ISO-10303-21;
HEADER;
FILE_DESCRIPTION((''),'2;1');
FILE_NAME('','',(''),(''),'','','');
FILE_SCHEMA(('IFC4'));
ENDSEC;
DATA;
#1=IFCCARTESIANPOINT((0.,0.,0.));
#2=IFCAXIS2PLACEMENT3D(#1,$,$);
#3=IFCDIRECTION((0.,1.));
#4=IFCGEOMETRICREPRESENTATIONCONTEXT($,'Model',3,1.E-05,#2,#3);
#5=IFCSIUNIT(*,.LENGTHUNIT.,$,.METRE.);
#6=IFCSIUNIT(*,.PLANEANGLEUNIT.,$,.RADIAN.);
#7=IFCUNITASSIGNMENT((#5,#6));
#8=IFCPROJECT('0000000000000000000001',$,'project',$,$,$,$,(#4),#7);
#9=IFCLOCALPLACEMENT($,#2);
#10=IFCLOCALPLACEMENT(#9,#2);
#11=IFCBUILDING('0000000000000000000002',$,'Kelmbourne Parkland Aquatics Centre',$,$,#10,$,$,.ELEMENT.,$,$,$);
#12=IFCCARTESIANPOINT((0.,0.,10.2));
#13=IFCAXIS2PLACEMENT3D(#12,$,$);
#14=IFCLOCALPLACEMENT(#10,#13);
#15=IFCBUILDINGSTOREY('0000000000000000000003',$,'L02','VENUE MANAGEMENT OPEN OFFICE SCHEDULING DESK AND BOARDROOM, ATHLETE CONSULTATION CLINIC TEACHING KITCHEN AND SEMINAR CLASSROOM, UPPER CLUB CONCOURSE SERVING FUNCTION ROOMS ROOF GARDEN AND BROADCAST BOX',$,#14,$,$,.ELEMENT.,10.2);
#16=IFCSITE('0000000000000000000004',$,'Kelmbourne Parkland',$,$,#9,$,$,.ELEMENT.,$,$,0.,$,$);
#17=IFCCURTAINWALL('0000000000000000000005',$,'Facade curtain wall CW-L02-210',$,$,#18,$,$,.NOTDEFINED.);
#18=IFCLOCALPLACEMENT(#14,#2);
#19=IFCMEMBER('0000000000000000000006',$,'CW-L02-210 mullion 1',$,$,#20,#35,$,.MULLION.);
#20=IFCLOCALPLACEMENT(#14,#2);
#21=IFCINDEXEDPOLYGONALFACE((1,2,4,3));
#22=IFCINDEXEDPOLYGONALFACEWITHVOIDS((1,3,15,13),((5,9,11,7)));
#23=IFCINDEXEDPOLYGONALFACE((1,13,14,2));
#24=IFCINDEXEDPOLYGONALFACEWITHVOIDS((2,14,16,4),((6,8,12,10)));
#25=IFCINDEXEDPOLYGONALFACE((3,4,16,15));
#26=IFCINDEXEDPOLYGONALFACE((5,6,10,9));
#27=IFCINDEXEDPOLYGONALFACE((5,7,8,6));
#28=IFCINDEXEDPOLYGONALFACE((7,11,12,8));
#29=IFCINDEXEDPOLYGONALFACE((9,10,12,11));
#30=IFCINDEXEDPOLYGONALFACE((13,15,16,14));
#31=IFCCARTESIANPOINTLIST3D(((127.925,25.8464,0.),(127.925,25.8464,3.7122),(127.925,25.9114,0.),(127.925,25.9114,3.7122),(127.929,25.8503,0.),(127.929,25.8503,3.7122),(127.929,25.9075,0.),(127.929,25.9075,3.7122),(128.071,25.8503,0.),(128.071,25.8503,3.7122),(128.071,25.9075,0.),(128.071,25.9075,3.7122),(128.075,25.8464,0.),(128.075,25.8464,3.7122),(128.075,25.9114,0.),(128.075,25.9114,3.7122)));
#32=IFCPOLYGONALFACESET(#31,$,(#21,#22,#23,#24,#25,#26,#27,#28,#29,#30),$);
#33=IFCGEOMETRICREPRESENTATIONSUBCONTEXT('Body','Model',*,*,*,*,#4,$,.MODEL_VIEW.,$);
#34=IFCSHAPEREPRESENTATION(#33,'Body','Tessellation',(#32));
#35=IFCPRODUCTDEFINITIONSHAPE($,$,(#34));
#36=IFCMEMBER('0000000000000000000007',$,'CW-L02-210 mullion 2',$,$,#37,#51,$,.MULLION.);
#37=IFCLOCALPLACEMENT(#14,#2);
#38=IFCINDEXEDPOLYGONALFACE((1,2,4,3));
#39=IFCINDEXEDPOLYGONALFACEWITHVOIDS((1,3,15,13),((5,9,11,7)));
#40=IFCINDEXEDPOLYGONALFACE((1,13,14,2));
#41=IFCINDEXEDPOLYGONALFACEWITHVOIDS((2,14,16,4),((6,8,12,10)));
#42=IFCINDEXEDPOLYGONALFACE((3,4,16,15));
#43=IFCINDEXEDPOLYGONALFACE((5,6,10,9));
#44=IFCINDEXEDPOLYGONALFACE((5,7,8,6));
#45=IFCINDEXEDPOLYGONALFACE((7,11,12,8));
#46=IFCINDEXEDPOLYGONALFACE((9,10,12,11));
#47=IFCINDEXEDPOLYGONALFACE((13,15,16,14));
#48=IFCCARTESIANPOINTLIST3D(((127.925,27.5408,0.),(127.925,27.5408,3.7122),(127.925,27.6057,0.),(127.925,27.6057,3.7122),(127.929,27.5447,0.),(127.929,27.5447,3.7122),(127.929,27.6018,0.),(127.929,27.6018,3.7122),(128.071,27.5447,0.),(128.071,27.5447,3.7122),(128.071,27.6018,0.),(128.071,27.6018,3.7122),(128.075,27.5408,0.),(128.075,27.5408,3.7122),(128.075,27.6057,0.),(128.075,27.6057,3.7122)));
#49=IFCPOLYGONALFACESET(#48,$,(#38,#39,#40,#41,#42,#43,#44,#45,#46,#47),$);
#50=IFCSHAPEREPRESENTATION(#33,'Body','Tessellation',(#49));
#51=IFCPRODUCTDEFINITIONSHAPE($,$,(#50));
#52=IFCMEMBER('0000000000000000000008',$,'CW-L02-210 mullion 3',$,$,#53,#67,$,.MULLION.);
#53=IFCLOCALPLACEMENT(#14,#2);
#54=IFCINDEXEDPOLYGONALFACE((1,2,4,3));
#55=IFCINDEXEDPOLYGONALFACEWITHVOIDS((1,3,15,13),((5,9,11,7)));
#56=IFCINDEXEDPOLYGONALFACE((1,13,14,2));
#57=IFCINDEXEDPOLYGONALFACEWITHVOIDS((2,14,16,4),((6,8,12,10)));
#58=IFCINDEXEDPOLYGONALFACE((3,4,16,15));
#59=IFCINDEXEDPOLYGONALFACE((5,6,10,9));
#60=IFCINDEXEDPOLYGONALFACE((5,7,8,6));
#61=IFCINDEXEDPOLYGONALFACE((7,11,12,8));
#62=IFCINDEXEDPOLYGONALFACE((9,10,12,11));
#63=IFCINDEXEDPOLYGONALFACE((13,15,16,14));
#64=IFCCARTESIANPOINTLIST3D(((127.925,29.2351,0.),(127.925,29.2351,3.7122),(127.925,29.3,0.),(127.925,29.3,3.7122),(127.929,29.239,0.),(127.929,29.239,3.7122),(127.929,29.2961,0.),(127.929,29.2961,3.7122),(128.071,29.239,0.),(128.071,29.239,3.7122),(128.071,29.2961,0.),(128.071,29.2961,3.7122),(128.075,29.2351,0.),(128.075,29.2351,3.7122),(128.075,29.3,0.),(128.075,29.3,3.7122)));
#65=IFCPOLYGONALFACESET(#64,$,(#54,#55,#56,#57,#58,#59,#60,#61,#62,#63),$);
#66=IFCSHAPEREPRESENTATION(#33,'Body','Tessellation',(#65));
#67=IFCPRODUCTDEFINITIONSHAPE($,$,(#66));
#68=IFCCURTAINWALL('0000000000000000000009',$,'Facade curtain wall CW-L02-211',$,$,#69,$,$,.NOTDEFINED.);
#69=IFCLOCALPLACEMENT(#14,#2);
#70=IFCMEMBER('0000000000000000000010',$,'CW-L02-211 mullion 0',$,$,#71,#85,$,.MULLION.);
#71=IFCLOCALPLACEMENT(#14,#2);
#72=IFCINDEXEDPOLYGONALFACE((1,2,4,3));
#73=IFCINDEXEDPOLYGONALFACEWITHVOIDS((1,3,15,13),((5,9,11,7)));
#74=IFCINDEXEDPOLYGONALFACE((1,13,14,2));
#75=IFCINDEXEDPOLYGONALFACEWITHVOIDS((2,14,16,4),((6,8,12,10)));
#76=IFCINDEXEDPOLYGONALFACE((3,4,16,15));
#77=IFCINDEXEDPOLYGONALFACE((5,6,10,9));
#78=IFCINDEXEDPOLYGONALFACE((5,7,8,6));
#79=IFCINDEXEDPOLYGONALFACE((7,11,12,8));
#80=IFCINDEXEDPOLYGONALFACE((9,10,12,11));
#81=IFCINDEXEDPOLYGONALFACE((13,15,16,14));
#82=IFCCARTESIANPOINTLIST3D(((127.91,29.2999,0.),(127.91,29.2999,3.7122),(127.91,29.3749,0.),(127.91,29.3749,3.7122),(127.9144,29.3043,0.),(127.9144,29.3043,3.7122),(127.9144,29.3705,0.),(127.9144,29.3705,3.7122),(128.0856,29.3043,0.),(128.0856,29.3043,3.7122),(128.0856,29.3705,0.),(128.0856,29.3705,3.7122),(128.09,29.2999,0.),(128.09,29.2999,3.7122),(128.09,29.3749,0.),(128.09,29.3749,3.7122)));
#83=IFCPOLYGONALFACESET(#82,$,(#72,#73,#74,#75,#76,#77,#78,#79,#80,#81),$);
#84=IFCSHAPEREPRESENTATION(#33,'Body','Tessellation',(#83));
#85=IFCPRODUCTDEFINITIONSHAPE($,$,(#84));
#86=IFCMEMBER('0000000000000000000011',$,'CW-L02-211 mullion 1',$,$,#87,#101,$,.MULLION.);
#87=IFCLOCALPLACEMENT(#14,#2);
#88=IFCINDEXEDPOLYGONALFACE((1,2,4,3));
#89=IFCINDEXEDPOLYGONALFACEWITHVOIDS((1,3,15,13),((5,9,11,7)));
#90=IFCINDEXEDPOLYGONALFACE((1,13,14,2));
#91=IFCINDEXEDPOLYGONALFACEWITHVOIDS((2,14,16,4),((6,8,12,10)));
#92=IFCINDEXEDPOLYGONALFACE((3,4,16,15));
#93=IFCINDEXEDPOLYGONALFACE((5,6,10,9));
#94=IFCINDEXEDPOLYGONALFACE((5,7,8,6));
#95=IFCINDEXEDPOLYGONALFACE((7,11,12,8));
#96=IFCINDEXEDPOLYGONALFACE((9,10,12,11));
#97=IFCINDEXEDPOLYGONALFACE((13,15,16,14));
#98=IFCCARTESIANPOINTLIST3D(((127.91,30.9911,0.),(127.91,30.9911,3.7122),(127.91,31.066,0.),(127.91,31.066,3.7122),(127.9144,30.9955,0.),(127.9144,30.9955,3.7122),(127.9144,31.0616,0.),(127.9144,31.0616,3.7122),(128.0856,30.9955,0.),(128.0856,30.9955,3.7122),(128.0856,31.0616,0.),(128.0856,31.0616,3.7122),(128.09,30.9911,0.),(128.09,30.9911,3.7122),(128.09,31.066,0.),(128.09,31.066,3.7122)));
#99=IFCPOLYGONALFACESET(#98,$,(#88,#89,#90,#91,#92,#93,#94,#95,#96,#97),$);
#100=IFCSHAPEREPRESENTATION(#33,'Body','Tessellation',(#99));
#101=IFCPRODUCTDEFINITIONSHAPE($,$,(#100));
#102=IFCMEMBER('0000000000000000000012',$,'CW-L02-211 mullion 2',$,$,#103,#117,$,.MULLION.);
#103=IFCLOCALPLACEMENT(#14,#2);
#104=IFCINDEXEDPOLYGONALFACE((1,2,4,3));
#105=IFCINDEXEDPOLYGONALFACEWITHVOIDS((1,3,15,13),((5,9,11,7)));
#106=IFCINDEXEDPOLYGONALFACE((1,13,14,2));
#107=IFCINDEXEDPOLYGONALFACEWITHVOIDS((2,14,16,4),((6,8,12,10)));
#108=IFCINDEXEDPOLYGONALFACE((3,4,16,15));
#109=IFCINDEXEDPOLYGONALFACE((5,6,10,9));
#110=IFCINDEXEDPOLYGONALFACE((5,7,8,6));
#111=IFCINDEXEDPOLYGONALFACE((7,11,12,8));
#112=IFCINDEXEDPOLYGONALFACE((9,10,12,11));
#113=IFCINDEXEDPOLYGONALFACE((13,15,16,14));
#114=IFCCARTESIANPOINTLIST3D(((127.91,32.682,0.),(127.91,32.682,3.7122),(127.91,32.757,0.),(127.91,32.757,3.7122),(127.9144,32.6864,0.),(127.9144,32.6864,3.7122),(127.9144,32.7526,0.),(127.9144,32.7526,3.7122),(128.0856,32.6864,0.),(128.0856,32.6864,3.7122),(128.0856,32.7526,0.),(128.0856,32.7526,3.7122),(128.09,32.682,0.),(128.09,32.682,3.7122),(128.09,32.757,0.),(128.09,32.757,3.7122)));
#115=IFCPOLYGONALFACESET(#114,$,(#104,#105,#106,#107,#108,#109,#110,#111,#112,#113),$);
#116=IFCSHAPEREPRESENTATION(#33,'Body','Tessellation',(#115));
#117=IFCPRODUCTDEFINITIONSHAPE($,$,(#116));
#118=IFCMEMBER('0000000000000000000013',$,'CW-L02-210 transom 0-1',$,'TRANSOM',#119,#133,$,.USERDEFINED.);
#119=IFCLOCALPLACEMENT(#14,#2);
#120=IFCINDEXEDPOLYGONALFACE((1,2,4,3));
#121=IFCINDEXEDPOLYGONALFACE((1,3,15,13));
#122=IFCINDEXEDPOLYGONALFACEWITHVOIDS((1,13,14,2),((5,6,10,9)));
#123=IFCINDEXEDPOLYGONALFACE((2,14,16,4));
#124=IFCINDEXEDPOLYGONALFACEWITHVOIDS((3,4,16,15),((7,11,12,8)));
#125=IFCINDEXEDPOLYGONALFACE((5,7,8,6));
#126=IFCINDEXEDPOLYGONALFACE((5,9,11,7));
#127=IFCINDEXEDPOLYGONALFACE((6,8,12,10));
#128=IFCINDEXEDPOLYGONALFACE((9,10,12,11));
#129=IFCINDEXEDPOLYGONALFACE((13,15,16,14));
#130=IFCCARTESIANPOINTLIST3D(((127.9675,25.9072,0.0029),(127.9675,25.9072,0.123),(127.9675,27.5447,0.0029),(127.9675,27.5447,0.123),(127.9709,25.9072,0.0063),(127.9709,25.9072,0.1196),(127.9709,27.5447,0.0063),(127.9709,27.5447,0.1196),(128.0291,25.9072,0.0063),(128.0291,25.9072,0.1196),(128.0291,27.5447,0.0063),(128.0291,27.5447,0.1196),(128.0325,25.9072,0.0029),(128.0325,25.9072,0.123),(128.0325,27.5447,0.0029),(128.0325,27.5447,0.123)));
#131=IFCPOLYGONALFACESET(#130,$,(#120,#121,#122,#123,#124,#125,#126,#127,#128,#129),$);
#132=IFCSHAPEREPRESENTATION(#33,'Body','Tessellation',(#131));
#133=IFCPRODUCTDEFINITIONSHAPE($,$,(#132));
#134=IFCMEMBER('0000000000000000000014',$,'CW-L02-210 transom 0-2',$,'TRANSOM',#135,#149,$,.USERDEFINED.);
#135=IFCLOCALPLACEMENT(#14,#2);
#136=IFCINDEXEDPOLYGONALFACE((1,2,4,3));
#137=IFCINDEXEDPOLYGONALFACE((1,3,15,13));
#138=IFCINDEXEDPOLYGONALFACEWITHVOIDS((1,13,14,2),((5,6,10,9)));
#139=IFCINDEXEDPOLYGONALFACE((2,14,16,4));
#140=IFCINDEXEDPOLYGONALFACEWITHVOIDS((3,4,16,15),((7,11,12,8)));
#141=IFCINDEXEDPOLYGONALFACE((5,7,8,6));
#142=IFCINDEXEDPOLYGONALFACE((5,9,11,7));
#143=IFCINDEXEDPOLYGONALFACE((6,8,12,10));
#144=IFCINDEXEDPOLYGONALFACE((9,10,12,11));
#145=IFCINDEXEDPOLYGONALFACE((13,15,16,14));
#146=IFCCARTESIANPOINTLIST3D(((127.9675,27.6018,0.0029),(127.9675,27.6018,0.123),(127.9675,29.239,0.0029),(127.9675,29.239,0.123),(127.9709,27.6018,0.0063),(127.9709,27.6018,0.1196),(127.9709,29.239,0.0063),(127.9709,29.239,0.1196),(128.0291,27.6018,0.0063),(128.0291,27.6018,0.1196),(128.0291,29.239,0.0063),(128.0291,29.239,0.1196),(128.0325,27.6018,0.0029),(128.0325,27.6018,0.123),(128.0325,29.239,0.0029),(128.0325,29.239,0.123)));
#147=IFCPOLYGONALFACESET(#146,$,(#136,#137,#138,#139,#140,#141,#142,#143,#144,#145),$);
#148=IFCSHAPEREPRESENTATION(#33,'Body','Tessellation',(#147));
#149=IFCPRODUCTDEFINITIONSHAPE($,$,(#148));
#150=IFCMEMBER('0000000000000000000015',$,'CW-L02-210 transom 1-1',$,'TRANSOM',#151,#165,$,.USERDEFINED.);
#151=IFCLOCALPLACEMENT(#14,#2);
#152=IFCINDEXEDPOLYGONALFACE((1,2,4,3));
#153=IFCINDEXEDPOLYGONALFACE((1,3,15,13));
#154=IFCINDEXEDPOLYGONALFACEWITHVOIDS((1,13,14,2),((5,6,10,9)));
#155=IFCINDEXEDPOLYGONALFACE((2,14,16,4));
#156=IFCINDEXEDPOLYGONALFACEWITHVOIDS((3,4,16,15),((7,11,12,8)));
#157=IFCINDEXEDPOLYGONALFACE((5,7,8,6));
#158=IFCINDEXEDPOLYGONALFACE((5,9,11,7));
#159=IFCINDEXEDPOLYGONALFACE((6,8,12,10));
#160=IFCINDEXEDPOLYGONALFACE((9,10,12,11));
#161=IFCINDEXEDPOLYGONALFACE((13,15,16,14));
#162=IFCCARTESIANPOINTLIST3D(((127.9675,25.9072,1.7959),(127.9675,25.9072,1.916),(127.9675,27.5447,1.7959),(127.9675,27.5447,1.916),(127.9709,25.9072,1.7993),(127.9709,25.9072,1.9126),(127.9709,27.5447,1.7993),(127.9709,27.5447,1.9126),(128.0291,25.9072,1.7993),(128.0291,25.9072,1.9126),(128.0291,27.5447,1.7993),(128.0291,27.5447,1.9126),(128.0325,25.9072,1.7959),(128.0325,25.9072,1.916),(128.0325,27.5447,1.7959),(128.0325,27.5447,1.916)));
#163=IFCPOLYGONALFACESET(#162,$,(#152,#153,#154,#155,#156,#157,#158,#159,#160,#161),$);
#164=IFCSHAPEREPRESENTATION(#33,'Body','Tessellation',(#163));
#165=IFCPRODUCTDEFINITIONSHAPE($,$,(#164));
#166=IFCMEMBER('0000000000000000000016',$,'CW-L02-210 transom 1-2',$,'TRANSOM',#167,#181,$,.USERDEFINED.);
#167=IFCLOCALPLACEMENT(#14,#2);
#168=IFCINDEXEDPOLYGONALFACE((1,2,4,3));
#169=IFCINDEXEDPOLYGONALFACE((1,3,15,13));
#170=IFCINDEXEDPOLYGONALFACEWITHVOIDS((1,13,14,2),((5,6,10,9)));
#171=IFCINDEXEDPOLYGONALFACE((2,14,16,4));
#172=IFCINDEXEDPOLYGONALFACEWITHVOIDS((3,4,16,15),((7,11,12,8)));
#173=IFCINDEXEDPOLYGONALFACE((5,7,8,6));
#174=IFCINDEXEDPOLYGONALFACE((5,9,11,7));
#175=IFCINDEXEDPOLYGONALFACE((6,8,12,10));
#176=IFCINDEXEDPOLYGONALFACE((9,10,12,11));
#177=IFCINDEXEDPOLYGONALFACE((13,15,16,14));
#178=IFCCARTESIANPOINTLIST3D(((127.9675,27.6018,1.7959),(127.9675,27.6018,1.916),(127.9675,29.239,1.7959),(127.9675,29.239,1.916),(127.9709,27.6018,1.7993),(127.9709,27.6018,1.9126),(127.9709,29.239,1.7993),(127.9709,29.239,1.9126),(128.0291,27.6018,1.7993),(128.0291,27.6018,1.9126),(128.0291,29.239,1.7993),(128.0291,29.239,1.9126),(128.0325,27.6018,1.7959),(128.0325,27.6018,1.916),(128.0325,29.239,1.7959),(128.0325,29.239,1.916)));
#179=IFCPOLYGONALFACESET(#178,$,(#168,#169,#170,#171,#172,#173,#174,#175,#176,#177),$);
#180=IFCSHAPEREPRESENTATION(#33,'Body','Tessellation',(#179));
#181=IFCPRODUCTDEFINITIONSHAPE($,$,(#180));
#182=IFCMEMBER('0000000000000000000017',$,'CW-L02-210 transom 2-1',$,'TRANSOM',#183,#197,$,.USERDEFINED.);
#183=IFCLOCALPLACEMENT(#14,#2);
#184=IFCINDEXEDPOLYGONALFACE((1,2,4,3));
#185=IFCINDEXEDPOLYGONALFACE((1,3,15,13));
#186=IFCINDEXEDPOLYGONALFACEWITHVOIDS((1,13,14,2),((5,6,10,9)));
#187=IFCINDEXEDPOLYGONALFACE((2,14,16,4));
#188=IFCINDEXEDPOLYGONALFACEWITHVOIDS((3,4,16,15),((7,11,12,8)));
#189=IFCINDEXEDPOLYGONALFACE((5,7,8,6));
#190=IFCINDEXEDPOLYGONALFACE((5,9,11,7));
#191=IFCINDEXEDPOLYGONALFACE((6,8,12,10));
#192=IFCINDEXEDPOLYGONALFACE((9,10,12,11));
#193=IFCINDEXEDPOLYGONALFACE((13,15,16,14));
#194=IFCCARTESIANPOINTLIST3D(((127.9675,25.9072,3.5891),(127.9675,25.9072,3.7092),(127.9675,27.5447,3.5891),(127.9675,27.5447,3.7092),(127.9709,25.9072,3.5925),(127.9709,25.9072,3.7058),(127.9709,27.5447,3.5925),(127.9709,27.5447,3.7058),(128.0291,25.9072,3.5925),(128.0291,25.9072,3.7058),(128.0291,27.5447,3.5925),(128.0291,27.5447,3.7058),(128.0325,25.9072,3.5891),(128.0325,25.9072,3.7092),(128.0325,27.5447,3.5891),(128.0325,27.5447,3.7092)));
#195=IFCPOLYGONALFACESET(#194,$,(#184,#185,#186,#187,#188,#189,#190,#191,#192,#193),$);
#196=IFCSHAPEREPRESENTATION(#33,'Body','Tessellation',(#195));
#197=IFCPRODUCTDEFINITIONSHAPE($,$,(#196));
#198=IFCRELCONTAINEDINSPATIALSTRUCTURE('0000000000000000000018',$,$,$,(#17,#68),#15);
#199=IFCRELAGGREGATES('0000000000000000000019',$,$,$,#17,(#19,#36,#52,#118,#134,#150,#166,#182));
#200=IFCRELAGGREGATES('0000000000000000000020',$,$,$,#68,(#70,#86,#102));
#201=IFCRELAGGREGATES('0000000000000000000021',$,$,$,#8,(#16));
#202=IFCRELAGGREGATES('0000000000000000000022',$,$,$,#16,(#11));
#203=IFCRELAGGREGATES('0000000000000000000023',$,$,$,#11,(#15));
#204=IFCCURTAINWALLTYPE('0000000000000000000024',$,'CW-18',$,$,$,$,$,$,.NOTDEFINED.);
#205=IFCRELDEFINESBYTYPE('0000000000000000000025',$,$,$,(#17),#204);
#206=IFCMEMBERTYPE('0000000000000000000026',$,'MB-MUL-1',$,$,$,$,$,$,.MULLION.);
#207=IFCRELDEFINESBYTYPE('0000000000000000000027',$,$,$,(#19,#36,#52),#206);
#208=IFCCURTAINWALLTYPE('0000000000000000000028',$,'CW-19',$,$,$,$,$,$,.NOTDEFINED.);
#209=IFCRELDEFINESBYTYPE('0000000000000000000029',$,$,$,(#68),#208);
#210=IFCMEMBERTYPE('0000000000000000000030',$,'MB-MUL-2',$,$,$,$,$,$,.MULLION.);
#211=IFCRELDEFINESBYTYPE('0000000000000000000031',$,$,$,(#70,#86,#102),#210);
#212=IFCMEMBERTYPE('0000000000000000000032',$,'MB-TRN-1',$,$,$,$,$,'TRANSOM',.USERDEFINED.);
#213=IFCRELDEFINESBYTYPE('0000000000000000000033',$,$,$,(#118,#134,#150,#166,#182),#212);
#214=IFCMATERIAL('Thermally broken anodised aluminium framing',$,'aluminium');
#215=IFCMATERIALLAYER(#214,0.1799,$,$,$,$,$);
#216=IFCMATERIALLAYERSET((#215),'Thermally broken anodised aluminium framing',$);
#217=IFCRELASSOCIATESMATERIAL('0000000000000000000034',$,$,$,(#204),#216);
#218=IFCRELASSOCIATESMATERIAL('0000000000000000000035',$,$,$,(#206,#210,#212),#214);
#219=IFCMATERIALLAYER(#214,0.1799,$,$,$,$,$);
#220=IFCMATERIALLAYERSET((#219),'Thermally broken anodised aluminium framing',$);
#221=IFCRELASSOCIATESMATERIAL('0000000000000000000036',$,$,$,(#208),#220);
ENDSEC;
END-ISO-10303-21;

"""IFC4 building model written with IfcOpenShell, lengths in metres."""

from ifc_helpers import new_model, si_unit, direction, frame, origin, origin_2d, place, context, subcontext, project, spatial, hollow_rectangle, extrude, material, layer, layer_set, material_profile, profile_set, type_object, element, aggregate, save


model = new_model("IFC4")

# Units and contexts
model_context = context("Model", 3, precision=1e-05, world=origin(), true_north=direction((0.0, 1.0)))
body_context = subcontext(model_context, "Body", "Model", "MODEL_VIEW")
ifc_project = project(units=[si_unit("LENGTHUNIT", "METRE"), si_unit("PLANEANGLEUNIT", "RADIAN")], contexts=[model_context])

# Site, building, storey
site_placement = place(None, origin())
site = spatial("IfcSite", under=ifc_project, at=site_placement, Name="Kelmbourne Parkland", CompositionType="ELEMENT", RefElevation=0.0)
building_placement = place(site_placement, origin())
building = spatial("IfcBuilding", under=site, at=building_placement, Name="Kelmbourne Parkland Aquatics Centre", CompositionType="ELEMENT")
storey_placement = place(building_placement, frame((0.0, 0.0, 10.2)))
storey = spatial("IfcBuildingStorey", under=building, at=storey_placement, Name="L02", Description="VENUE MANAGEMENT OPEN OFFICE SCHEDULING DESK AND BOARDROOM, ATHLETE CONSULTATION CLINIC TEACHING KITCHEN AND SEMINAR CLASSROOM, UPPER CLUB CONCOURSE SERVING FUNCTION ROOMS ROOF GARDEN AND BROADCAST BOX", CompositionType="ELEMENT", Elevation=10.2)

# Curtain walls, members
ifc_material_1 = material(Name="Thermally broken anodised aluminium framing", Category="aluminium")
ifc_layer_1 = layer(ifc_material_1, 0.1799)
ifc_layer_set_1 = layer_set([ifc_layer_1], Name="Thermally broken anodised aluminium framing")
curtain_wall_type_1 = type_object("IfcCurtainWallType", Name="CW-18", PredefinedType="NOTDEFINED", material=ifc_layer_set_1)
curtain_wall_1_placement = place(storey_placement, origin())
curtain_wall_1 = element("IfcCurtainWall", 1, at=curtain_wall_1_placement, inside=storey, type_object=curtain_wall_type_1, Name="Facade curtain wall CW-L02-210", PredefinedType="NOTDEFINED")
ifc_material_profile_1 = material_profile(ifc_material_1, hollow_rectangle(XDim=0.0649, YDim=0.1499, WallThickness=0.0039, at=origin_2d()), Name="CW-M 65x150")
ifc_profile_set_1 = profile_set([ifc_material_profile_1], Name="Thermally broken anodised aluminium framing")
member_type_1 = type_object("IfcMemberType", Name="MB-MUL-1", PredefinedType="MULLION", material=ifc_profile_set_1)
member_1_placement = place(storey_placement, frame((128.0, 25.8789, 0.0), z_axis=(0.0, 0.0, 1.0), x_axis=(0.0, 1.0, 0.0)))
member_1 = element("IfcMember", 2, at=member_1_placement, type_object=member_type_1, Name="CW-L02-210 mullion 1", PredefinedType="MULLION", context=body_context, shape_type="SweptSolid", body=[
    extrude(hollow_rectangle(XDim=0.0649, YDim=0.1499, WallThickness=0.0039, at=origin_2d()), origin(), (0.0, 0.0, 1.0), 3.7122),
])
member_2_placement = place(storey_placement, frame((128.0, 27.5732, 0.0), z_axis=(0.0, 0.0, 1.0), x_axis=(0.0, 1.0, 0.0)))
member_2 = element("IfcMember", 3, at=member_2_placement, type_object=member_type_1, Name="CW-L02-210 mullion 2", PredefinedType="MULLION", context=body_context, shape_type="SweptSolid", body=[
    extrude(hollow_rectangle(XDim=0.0649, YDim=0.1499, WallThickness=0.0039, at=origin_2d()), origin(), (0.0, 0.0, 1.0), 3.7122),
])
member_3_placement = place(storey_placement, frame((128.0, 29.2676, 0.0), z_axis=(0.0, 0.0, 1.0), x_axis=(0.0, 1.0, 0.0)))
member_3 = element("IfcMember", 4, at=member_3_placement, type_object=member_type_1, Name="CW-L02-210 mullion 3", PredefinedType="MULLION", context=body_context, shape_type="SweptSolid", body=[
    extrude(hollow_rectangle(XDim=0.0649, YDim=0.1499, WallThickness=0.0039, at=origin_2d()), origin(), (0.0, 0.0, 1.0), 3.7122),
])
ifc_layer_2 = layer(ifc_material_1, 0.1799)
ifc_layer_set_2 = layer_set([ifc_layer_2], Name="Thermally broken anodised aluminium framing")
curtain_wall_type_2 = type_object("IfcCurtainWallType", Name="CW-19", PredefinedType="NOTDEFINED", material=ifc_layer_set_2)
curtain_wall_2_placement = place(storey_placement, origin())
curtain_wall_2 = element("IfcCurtainWall", 5, at=curtain_wall_2_placement, inside=storey, type_object=curtain_wall_type_2, Name="Facade curtain wall CW-L02-211", PredefinedType="NOTDEFINED")
ifc_material_profile_2 = material_profile(ifc_material_1, hollow_rectangle(XDim=0.075, YDim=0.1799, WallThickness=0.0044, at=origin_2d()), Name="CW-M 75x180")
ifc_profile_set_2 = profile_set([ifc_material_profile_2], Name="Thermally broken anodised aluminium framing")
member_type_2 = type_object("IfcMemberType", Name="MB-MUL-2", PredefinedType="MULLION", material=ifc_profile_set_2)
member_4_placement = place(storey_placement, frame((128.0, 29.3374, 0.0), z_axis=(0.0, 0.0, 1.0), x_axis=(0.0, 1.0, 0.0)))
member_4 = element("IfcMember", 6, at=member_4_placement, type_object=member_type_2, Name="CW-L02-211 mullion 0", PredefinedType="MULLION", context=body_context, shape_type="SweptSolid", body=[
    extrude(hollow_rectangle(XDim=0.075, YDim=0.1799, WallThickness=0.0044, at=origin_2d()), origin(), (0.0, 0.0, 1.0), 3.7122),
])
member_5_placement = place(storey_placement, frame((128.0, 31.0286, 0.0), z_axis=(0.0, 0.0, 1.0), x_axis=(0.0, 1.0, 0.0)))
member_5 = element("IfcMember", 7, at=member_5_placement, type_object=member_type_2, Name="CW-L02-211 mullion 1", PredefinedType="MULLION", context=body_context, shape_type="SweptSolid", body=[
    extrude(hollow_rectangle(XDim=0.075, YDim=0.1799, WallThickness=0.0044, at=origin_2d()), origin(), (0.0, 0.0, 1.0), 3.7122),
])
member_6_placement = place(storey_placement, frame((128.0, 32.7195, 0.0), z_axis=(0.0, 0.0, 1.0), x_axis=(0.0, 1.0, 0.0)))
member_6 = element("IfcMember", 8, at=member_6_placement, type_object=member_type_2, Name="CW-L02-211 mullion 2", PredefinedType="MULLION", context=body_context, shape_type="SweptSolid", body=[
    extrude(hollow_rectangle(XDim=0.075, YDim=0.1799, WallThickness=0.0044, at=origin_2d()), origin(), (0.0, 0.0, 1.0), 3.7122),
])

# Members
ifc_material_profile_3 = material_profile(ifc_material_1, hollow_rectangle(XDim=0.0649, YDim=0.1201, WallThickness=0.0034, at=origin_2d()), Name="CW-T 65x120")
ifc_profile_set_3 = profile_set([ifc_material_profile_3], Name="Thermally broken anodised aluminium framing")
member_type_3 = type_object("IfcMemberType", Name="MB-TRN-1", ElementType="TRANSOM", PredefinedType="USERDEFINED", material=ifc_profile_set_3)
member_7_placement = place(storey_placement, frame((128.0, 25.9072, 0.063), z_axis=(0.0, 1.0, 0.0), x_axis=(-1.0, 0.0, 0.0)))
member_7 = element("IfcMember", 9, at=member_7_placement, type_object=member_type_3, Name="CW-L02-210 transom 0-1", ObjectType="TRANSOM", PredefinedType="USERDEFINED", context=body_context, shape_type="SweptSolid", body=[
    extrude(hollow_rectangle(XDim=0.0649, YDim=0.1201, WallThickness=0.0034, at=origin_2d()), origin(), (0.0, 0.0, 1.0), 1.6375),
])
member_8_placement = place(storey_placement, frame((128.0, 27.6018, 0.063), z_axis=(0.0, 1.0, 0.0), x_axis=(-1.0, 0.0, 0.0)))
member_8 = element("IfcMember", 10, at=member_8_placement, type_object=member_type_3, Name="CW-L02-210 transom 0-2", ObjectType="TRANSOM", PredefinedType="USERDEFINED", context=body_context, shape_type="SweptSolid", body=[
    extrude(hollow_rectangle(XDim=0.0649, YDim=0.1201, WallThickness=0.0034, at=origin_2d()), origin(), (0.0, 0.0, 1.0), 1.6372),
])
member_9_placement = place(storey_placement, frame((128.0, 25.9072, 1.856), z_axis=(0.0, 1.0, 0.0), x_axis=(-1.0, 0.0, 0.0)))
member_9 = element("IfcMember", 11, at=member_9_placement, type_object=member_type_3, Name="CW-L02-210 transom 1-1", ObjectType="TRANSOM", PredefinedType="USERDEFINED", context=body_context, shape_type="SweptSolid", body=[
    extrude(hollow_rectangle(XDim=0.0649, YDim=0.1201, WallThickness=0.0034, at=origin_2d()), origin(), (0.0, 0.0, 1.0), 1.6375),
])
member_10_placement = place(storey_placement, frame((128.0, 27.6018, 1.856), z_axis=(0.0, 1.0, 0.0), x_axis=(-1.0, 0.0, 0.0)))
member_10 = element("IfcMember", 12, at=member_10_placement, type_object=member_type_3, Name="CW-L02-210 transom 1-2", ObjectType="TRANSOM", PredefinedType="USERDEFINED", context=body_context, shape_type="SweptSolid", body=[
    extrude(hollow_rectangle(XDim=0.0649, YDim=0.1201, WallThickness=0.0034, at=origin_2d()), origin(), (0.0, 0.0, 1.0), 1.6372),
])
member_11_placement = place(storey_placement, frame((128.0, 25.9072, 3.6492), z_axis=(0.0, 1.0, 0.0), x_axis=(-1.0, 0.0, 0.0)))
member_11 = element("IfcMember", 13, at=member_11_placement, type_object=member_type_3, Name="CW-L02-210 transom 2-1", ObjectType="TRANSOM", PredefinedType="USERDEFINED", context=body_context, shape_type="SweptSolid", body=[
    extrude(hollow_rectangle(XDim=0.0649, YDim=0.1201, WallThickness=0.0034, at=origin_2d()), origin(), (0.0, 0.0, 1.0), 1.6375),
])

aggregate(curtain_wall_1, [member_1, member_2, member_3, member_7, member_8, member_9, member_10, member_11])
aggregate(curtain_wall_2, [member_4, member_5, member_6])

save(model, "model.ifc")
